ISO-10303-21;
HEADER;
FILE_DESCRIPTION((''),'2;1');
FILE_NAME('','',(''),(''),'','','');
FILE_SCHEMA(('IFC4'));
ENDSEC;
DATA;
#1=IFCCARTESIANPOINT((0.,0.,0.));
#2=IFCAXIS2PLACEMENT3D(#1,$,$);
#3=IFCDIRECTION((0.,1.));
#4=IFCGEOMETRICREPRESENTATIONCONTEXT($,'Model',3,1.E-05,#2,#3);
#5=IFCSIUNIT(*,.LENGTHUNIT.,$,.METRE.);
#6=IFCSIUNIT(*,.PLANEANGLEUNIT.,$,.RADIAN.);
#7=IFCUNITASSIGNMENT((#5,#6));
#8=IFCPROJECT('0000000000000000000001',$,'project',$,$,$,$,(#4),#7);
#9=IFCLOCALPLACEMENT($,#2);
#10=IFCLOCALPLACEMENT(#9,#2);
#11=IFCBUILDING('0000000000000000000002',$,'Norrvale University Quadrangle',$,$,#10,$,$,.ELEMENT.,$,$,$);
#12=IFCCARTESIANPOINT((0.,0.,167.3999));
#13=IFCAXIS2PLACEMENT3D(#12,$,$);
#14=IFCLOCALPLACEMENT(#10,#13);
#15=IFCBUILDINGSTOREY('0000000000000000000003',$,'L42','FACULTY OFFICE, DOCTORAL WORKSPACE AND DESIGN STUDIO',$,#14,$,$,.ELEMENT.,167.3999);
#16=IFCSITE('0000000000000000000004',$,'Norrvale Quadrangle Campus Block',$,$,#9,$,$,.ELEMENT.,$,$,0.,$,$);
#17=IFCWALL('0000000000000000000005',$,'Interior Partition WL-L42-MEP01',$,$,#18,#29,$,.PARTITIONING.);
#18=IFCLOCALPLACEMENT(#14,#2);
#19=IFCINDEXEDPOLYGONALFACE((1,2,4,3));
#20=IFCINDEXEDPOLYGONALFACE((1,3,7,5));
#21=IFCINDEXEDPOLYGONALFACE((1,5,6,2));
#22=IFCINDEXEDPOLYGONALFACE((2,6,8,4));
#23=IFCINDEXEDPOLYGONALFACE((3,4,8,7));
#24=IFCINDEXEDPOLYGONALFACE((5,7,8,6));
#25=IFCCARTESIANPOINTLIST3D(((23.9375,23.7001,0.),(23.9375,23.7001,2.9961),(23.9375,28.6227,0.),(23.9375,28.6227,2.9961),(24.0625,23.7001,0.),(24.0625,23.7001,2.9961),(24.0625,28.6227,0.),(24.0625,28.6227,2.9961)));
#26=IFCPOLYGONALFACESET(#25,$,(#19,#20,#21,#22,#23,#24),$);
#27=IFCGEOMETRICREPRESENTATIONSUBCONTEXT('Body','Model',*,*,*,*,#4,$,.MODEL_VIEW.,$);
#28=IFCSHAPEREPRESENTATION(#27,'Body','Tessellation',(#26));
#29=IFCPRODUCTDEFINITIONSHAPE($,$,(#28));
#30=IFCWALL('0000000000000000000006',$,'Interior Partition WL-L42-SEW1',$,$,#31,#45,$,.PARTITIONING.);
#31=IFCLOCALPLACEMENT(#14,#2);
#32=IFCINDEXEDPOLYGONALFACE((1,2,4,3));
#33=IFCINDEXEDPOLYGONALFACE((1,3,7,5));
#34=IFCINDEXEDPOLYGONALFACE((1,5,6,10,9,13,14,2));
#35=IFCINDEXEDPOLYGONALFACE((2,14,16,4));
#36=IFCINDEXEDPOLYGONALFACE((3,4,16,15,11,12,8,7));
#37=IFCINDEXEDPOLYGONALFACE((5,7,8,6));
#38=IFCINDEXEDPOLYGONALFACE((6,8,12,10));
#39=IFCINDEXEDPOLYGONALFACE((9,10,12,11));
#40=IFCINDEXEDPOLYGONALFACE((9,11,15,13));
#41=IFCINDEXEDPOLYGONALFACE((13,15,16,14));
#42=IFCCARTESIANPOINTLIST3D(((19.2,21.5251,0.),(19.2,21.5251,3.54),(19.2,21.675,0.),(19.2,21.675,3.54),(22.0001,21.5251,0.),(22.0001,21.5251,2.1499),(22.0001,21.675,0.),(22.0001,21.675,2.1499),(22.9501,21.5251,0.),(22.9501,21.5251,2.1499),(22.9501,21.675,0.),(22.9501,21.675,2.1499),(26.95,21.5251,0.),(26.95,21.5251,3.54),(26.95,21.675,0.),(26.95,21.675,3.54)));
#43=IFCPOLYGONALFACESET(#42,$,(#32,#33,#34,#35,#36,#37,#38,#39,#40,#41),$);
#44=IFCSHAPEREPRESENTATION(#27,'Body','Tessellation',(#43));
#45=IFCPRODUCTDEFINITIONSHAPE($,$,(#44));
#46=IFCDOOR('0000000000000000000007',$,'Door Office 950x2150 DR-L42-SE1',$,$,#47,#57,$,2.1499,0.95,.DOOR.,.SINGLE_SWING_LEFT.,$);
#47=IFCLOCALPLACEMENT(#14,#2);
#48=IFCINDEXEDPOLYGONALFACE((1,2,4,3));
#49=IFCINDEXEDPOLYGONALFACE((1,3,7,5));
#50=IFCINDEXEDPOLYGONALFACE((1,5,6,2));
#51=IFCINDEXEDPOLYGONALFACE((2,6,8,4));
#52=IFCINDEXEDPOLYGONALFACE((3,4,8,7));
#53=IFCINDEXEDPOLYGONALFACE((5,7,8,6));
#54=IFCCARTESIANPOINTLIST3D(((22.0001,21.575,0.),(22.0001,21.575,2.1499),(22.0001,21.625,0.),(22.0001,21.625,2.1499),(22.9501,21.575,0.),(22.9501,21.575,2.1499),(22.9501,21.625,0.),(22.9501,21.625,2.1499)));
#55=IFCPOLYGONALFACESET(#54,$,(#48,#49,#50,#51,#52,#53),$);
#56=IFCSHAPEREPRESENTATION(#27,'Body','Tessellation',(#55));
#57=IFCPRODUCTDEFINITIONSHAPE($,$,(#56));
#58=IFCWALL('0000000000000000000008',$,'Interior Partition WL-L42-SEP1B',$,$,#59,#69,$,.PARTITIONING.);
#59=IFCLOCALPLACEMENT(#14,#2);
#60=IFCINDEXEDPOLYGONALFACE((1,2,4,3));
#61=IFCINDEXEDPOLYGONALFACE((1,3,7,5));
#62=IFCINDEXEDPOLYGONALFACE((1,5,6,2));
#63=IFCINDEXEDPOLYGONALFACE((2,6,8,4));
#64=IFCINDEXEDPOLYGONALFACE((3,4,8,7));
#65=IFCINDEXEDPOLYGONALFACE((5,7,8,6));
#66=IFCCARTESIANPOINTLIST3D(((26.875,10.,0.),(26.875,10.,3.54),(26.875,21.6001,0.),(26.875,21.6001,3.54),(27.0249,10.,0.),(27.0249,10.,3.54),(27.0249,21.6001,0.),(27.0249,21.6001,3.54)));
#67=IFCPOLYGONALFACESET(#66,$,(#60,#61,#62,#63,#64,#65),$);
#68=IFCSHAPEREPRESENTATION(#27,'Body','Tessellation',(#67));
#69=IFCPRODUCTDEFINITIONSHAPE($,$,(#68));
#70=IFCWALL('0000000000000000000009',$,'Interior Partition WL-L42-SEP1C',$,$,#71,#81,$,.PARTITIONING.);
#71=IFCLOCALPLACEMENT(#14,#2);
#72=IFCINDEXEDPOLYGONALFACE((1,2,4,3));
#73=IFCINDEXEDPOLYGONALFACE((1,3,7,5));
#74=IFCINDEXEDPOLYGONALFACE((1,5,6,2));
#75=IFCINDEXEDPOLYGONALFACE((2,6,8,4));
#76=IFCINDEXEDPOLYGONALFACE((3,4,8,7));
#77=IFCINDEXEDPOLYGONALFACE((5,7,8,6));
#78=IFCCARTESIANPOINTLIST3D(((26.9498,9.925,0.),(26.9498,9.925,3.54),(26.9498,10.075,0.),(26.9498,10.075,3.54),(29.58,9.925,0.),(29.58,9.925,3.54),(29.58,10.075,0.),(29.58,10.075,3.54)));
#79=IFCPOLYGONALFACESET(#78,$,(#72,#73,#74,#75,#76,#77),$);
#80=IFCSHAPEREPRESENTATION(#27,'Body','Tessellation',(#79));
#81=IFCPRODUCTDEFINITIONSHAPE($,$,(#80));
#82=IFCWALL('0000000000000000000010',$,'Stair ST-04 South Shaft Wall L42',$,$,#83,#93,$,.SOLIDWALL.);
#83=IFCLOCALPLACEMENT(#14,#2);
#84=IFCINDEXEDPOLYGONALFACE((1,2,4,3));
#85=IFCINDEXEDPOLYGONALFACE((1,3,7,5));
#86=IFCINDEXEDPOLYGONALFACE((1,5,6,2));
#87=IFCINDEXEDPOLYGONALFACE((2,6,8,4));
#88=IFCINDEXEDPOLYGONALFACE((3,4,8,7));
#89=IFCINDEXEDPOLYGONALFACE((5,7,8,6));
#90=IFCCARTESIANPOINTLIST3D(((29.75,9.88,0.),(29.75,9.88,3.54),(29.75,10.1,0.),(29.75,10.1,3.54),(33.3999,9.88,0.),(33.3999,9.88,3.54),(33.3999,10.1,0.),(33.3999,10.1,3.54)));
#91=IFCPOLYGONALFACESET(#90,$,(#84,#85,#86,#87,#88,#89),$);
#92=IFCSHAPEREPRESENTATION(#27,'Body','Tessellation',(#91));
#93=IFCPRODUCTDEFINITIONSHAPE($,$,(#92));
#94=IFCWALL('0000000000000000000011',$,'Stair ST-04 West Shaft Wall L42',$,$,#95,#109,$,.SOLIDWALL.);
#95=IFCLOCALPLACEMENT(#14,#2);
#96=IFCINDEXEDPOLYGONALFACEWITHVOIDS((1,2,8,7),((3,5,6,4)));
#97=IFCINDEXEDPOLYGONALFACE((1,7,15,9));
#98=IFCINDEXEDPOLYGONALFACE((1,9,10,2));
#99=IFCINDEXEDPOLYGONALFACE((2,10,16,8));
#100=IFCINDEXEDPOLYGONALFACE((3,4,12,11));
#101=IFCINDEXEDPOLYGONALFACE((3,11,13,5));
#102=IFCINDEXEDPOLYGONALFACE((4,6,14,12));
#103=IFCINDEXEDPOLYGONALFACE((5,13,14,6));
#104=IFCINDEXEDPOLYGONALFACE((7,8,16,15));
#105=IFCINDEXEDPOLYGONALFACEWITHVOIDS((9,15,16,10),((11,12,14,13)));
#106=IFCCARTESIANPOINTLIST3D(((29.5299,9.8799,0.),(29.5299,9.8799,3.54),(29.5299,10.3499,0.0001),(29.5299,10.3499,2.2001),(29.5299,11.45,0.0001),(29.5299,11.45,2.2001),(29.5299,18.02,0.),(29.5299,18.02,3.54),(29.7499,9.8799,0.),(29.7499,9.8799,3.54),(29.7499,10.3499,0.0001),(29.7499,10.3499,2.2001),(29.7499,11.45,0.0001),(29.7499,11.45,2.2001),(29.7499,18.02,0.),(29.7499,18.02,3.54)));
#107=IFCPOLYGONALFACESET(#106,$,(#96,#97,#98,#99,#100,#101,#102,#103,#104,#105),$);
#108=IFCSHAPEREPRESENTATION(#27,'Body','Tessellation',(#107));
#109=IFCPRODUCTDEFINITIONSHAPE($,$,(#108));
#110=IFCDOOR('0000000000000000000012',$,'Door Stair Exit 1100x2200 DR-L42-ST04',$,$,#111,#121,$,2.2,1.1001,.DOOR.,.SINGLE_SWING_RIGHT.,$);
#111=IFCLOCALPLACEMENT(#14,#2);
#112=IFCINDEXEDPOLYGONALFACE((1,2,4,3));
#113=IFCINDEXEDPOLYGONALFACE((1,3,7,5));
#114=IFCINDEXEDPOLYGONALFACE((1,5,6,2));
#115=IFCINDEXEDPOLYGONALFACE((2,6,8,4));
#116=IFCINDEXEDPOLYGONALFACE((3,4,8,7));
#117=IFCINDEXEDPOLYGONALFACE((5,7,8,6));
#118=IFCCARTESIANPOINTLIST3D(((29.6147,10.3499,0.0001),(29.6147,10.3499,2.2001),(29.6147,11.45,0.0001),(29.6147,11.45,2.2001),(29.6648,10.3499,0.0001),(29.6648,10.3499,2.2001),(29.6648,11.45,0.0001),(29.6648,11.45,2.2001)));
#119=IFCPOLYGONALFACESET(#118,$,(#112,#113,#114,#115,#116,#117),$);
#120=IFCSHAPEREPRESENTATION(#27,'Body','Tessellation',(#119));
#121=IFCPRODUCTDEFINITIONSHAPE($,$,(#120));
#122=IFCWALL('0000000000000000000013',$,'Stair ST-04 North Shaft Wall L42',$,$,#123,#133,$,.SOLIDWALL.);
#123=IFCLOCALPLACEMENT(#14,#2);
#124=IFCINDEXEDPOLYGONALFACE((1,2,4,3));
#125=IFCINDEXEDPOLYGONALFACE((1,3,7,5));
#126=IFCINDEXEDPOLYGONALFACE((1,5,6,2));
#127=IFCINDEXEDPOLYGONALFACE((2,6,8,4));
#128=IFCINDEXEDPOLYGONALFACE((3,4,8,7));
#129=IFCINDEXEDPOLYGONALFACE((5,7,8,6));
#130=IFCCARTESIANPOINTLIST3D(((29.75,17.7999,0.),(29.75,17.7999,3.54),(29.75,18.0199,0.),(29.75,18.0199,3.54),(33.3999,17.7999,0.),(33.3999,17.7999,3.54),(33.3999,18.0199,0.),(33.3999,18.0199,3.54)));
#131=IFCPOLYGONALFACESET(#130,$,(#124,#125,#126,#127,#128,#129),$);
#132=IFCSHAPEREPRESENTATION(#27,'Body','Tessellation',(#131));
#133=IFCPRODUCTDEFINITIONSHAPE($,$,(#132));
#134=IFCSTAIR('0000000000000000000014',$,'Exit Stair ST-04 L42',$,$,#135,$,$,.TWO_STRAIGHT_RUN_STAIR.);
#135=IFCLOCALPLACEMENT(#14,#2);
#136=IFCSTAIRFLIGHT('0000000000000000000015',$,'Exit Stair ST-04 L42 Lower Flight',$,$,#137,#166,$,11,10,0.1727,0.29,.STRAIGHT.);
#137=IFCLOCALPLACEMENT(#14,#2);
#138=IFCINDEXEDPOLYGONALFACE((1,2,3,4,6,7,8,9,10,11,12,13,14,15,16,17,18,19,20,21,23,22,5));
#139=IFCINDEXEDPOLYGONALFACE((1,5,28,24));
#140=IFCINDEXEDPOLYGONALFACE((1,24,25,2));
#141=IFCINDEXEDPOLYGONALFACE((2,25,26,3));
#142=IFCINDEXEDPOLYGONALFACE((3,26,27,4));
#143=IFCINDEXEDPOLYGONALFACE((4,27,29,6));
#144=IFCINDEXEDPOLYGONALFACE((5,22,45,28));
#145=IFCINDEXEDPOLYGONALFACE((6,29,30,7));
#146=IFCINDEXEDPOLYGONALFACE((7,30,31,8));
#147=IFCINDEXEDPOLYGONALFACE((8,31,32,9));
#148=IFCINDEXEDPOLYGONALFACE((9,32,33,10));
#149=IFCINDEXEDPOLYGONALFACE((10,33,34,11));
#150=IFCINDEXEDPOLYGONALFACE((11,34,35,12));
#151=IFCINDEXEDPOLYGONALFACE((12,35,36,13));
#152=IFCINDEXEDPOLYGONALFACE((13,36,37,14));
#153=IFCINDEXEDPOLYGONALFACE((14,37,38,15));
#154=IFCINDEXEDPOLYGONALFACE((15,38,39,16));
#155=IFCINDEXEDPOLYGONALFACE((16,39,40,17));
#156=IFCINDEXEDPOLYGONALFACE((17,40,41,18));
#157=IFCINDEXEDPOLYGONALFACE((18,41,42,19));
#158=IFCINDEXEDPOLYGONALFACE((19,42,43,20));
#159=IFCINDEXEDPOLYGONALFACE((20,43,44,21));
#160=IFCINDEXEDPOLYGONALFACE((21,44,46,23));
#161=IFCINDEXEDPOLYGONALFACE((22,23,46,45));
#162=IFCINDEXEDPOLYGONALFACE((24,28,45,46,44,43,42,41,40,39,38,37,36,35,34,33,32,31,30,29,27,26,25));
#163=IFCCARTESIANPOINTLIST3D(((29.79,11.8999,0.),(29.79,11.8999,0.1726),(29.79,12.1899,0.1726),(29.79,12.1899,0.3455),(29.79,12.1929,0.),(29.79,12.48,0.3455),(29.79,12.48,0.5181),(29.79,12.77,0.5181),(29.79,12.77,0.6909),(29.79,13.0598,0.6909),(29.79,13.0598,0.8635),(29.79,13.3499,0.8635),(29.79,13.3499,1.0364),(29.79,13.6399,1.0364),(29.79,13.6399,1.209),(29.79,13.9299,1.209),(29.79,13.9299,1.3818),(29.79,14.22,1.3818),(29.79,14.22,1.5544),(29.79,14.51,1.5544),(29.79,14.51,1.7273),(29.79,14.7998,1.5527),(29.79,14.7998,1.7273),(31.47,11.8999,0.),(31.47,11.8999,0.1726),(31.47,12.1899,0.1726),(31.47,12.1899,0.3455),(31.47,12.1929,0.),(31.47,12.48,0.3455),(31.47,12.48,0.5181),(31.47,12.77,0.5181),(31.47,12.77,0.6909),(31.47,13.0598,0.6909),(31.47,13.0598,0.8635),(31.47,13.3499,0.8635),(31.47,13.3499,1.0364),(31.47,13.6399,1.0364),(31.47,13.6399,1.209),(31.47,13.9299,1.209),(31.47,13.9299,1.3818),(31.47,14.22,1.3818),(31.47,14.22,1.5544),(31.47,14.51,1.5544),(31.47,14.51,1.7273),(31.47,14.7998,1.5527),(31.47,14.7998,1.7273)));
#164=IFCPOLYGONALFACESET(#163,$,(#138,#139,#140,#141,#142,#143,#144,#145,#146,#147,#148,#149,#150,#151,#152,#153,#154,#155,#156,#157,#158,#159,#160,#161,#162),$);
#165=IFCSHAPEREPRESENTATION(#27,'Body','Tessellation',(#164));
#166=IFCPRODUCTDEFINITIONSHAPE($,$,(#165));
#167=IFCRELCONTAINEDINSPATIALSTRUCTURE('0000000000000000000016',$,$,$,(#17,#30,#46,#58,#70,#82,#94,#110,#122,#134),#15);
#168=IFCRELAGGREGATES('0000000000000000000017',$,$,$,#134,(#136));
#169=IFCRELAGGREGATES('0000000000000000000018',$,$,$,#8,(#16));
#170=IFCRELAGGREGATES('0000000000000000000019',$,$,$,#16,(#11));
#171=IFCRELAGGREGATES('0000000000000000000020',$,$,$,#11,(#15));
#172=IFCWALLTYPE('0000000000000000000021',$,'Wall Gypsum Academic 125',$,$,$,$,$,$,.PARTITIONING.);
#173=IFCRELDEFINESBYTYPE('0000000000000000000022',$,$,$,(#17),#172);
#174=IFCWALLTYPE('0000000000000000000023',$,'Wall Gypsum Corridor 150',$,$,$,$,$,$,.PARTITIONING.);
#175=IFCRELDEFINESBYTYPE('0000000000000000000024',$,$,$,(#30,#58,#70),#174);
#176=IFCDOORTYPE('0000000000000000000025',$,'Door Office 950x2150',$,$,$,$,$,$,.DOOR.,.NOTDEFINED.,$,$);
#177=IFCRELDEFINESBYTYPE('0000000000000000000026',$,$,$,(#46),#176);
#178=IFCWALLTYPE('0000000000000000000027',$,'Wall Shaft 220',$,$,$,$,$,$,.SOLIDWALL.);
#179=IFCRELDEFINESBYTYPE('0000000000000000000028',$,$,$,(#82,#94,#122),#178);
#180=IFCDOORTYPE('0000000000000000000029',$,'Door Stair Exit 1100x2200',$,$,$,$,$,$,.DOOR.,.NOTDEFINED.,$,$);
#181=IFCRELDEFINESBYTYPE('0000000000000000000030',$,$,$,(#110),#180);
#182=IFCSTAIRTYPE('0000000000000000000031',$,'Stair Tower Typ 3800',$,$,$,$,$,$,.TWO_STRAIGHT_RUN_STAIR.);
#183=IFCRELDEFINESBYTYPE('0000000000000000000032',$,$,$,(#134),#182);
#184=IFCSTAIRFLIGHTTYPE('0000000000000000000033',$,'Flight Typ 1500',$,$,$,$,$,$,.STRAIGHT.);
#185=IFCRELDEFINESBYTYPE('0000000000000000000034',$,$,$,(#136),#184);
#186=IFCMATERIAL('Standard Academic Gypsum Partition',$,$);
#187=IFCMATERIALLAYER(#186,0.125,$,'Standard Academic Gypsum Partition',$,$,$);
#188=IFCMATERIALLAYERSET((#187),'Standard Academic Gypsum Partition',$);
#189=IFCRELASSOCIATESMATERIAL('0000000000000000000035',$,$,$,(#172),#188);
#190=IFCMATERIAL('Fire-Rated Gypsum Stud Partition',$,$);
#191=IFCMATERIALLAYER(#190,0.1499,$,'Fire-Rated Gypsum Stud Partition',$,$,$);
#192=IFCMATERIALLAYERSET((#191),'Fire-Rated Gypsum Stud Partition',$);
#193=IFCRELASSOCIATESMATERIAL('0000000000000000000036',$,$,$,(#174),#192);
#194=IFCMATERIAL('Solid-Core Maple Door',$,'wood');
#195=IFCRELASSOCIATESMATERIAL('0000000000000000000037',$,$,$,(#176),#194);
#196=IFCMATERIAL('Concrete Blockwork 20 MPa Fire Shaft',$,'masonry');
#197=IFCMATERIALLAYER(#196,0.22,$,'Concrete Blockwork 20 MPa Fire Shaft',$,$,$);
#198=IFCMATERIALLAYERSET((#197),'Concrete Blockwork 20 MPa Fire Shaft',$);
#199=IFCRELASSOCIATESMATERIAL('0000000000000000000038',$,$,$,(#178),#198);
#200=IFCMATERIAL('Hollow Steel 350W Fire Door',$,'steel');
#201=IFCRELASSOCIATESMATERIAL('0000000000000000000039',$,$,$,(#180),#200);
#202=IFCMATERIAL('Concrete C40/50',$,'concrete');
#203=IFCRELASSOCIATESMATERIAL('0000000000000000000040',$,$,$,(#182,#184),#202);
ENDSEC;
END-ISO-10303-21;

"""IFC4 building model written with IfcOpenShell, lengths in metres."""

from ifc_helpers import new_model, si_unit, direction, frame, frame_2d, origin, place, context, subcontext, project, spatial, polyline, rectangle, outline, extrude, material, layer, layer_set, type_object, element, fill, aggregate, save


model = new_model("IFC4")

# Units and contexts
model_context = context("Model", 3, precision=1e-05, world=origin(), true_north=direction((0.0, 1.0)))
body_context = subcontext(model_context, "Body", "Model", "MODEL_VIEW")
ifc_project = project(units=[si_unit("LENGTHUNIT", "METRE"), si_unit("PLANEANGLEUNIT", "RADIAN")], contexts=[model_context])

# Site, building, storey
site_placement = place(None, origin())
site = spatial("IfcSite", under=ifc_project, at=site_placement, Name="Norrvale Quadrangle Campus Block", CompositionType="ELEMENT", RefElevation=0.0)
building_placement = place(site_placement, origin())
building = spatial("IfcBuilding", under=site, at=building_placement, Name="Norrvale University Quadrangle", CompositionType="ELEMENT")
storey_placement = place(building_placement, frame((0.0, 0.0, 167.3999)))
storey = spatial("IfcBuildingStorey", under=building, at=storey_placement, Name="L42", Description="FACULTY OFFICE, DOCTORAL WORKSPACE AND DESIGN STUDIO", CompositionType="ELEMENT", Elevation=167.3999)

# Wall
ifc_material_1 = material(Name="Standard Academic Gypsum Partition")
ifc_layer_1 = layer(ifc_material_1, 0.125, Name="Standard Academic Gypsum Partition")
ifc_layer_set_1 = layer_set([ifc_layer_1], Name="Standard Academic Gypsum Partition")
wall_type_1 = type_object("IfcWallType", Name="Wall Gypsum Academic 125", PredefinedType="PARTITIONING", material=ifc_layer_set_1)
wall_1_placement = place(storey_placement, frame((24.0, 23.7, 0.0), z_axis=(0.0, 0.0, 1.0), x_axis=(0.0, 1.0, 0.0)))
element("IfcWall", 1, at=wall_1_placement, inside=storey, type_object=wall_type_1, Name="Interior Partition WL-L42-MEP01", PredefinedType="PARTITIONING", context=body_context, shape_type="SweptSolid", body=[
    extrude(rectangle(XDim=4.9226, YDim=0.125, at=frame_2d((2.4614, 0.0))), origin(), (0.0, 0.0, 1.0), 2.9961),
])

# Wall, opening, door
ifc_material_2 = material(Name="Fire-Rated Gypsum Stud Partition")
ifc_layer_2 = layer(ifc_material_2, 0.1499, Name="Fire-Rated Gypsum Stud Partition")
ifc_layer_set_2 = layer_set([ifc_layer_2], Name="Fire-Rated Gypsum Stud Partition")
wall_type_2 = type_object("IfcWallType", Name="Wall Gypsum Corridor 150", PredefinedType="PARTITIONING", material=ifc_layer_set_2)
wall_2_placement = place(storey_placement, frame((19.2, 21.6001, 0.0), z_axis=(0.0, 0.0, 1.0), x_axis=(1.0, 0.0, 0.0)))
wall_2 = element("IfcWall", 2, at=wall_2_placement, inside=storey, type_object=wall_type_2, Name="Interior Partition WL-L42-SEW1", PredefinedType="PARTITIONING", context=body_context, shape_type="SweptSolid", body=[
    extrude(rectangle(XDim=7.75, YDim=0.1499, at=frame_2d((3.875, 0.0))), origin(), (0.0, 0.0, 1.0), 3.54),
])
opening_1_placement = place(wall_2_placement, frame((2.8, 0.0, 0.0)))
opening_1 = element("IfcOpeningElement", 3, at=opening_1_placement, cuts=wall_2, PredefinedType="OPENING", context=body_context, shape_type="SweptSolid", body=[
    extrude(rectangle(XDim=0.95, YDim=2.1499, at=frame_2d((0.4751, 1.075))), frame((0.0, 0.0869, 0.0), z_axis=(0.0, -1.0, 0.0), x_axis=(1.0, 0.0, 0.0)), (0.0, 0.0, 1.0), 0.1738),
])
ifc_material_3 = material(Name="Solid-Core Maple Door", Category="wood")
door_type_1 = type_object("IfcDoorType", Name="Door Office 950x2150", OperationType="NOTDEFINED", PredefinedType="DOOR", material=ifc_material_3)
door_1_placement = place(opening_1_placement, origin())
door_1 = element("IfcDoor", 4, at=door_1_placement, inside=storey, type_object=door_type_1, Name="Door Office 950x2150 DR-L42-SE1", OperationType="SINGLE_SWING_LEFT", OverallHeight=2.1499, OverallWidth=0.95, PredefinedType="DOOR", context=body_context, shape_type="SweptSolid", body=[
    extrude(rectangle(XDim=0.95, YDim=2.1499, at=frame_2d((0.4751, 1.075))), frame((0.0, 0.0249, 0.0), z_axis=(0.0, -1.0, 0.0), x_axis=(1.0, 0.0, 0.0)), (0.0, 0.0, 1.0), 0.05),
])
fill(opening_1, door_1)

# Walls
wall_3_placement = place(storey_placement, frame((26.95, 10.0, 0.0), z_axis=(0.0, 0.0, 1.0), x_axis=(0.0, 1.0, 0.0)))
element("IfcWall", 5, at=wall_3_placement, inside=storey, type_object=wall_type_2, Name="Interior Partition WL-L42-SEP1B", PredefinedType="PARTITIONING", context=body_context, shape_type="SweptSolid", body=[
    extrude(rectangle(XDim=11.6001, YDim=0.1499, at=frame_2d((5.8, 0.0))), origin(), (0.0, 0.0, 1.0), 3.54),
])
wall_4_placement = place(storey_placement, frame((26.95, 10.0, 0.0), z_axis=(0.0, 0.0, 1.0), x_axis=(1.0, 0.0, 0.0)))
element("IfcWall", 6, at=wall_4_placement, inside=storey, type_object=wall_type_2, Name="Interior Partition WL-L42-SEP1C", PredefinedType="PARTITIONING", context=body_context, shape_type="SweptSolid", body=[
    extrude(rectangle(XDim=2.6301, YDim=0.1499, at=frame_2d((1.3149, 0.0))), origin(), (0.0, 0.0, 1.0), 3.54),
])
ifc_material_4 = material(Name="Concrete Blockwork 20 MPa Fire Shaft", Category="masonry")
ifc_layer_3 = layer(ifc_material_4, 0.22, Name="Concrete Blockwork 20 MPa Fire Shaft")
ifc_layer_set_3 = layer_set([ifc_layer_3], Name="Concrete Blockwork 20 MPa Fire Shaft")
wall_type_3 = type_object("IfcWallType", Name="Wall Shaft 220", PredefinedType="SOLIDWALL", material=ifc_layer_set_3)
wall_5_placement = place(storey_placement, frame((29.75, 9.99, 0.0), z_axis=(0.0, 0.0, 1.0), x_axis=(1.0, 0.0, 0.0)))
element("IfcWall", 7, at=wall_5_placement, inside=storey, type_object=wall_type_3, Name="Stair ST-04 South Shaft Wall L42", PredefinedType="SOLIDWALL", context=body_context, shape_type="SweptSolid", body=[
    extrude(rectangle(XDim=3.6499, YDim=0.22, at=frame_2d((1.825, 0.0))), origin(), (0.0, 0.0, 1.0), 3.54),
])

# Wall, opening, door
wall_6_placement = place(storey_placement, frame((29.6399, 9.8799, 0.0), z_axis=(0.0, 0.0, 1.0), x_axis=(0.0, 1.0, 0.0)))
wall_6 = element("IfcWall", 8, at=wall_6_placement, inside=storey, type_object=wall_type_3, Name="Stair ST-04 West Shaft Wall L42", PredefinedType="SOLIDWALL", context=body_context, shape_type="SweptSolid", body=[
    extrude(rectangle(XDim=8.1401, YDim=0.22, at=frame_2d((4.0701, 0.0))), origin(), (0.0, 0.0, 1.0), 3.54),
])
opening_2_placement = place(wall_6_placement, frame((0.47, 0.0, 0.0)))
opening_2 = element("IfcOpeningElement", 9, at=opening_2_placement, cuts=wall_6, PredefinedType="OPENING", context=body_context, shape_type="SweptSolid", body=[
    extrude(rectangle(XDim=1.1001, YDim=2.2, at=frame_2d((0.55, 1.1001))), frame((0.0, 0.1221, 0.0), z_axis=(0.0, -1.0, 0.0), x_axis=(1.0, 0.0, 0.0)), (0.0, 0.0, 1.0), 0.2439),
])
ifc_material_5 = material(Name="Hollow Steel 350W Fire Door", Category="steel")
door_type_2 = type_object("IfcDoorType", Name="Door Stair Exit 1100x2200", OperationType="NOTDEFINED", PredefinedType="DOOR", material=ifc_material_5)
door_2_placement = place(opening_2_placement, frame((1.1001, 0.0, 0.0), z_axis=(0.0, 0.0, 1.0), x_axis=(-1.0, 0.0, 0.0)))
door_2 = element("IfcDoor", 10, at=door_2_placement, inside=storey, type_object=door_type_2, Name="Door Stair Exit 1100x2200 DR-L42-ST04", OperationType="SINGLE_SWING_RIGHT", OverallHeight=2.2, OverallWidth=1.1001, PredefinedType="DOOR", context=body_context, shape_type="SweptSolid", body=[
    extrude(rectangle(XDim=1.1001, YDim=2.2, at=frame_2d((0.55, 1.1001))), frame((0.0, 0.0249, 0.0), z_axis=(0.0, -1.0, 0.0), x_axis=(1.0, 0.0, 0.0)), (0.0, 0.0, 1.0), 0.05),
])
fill(opening_2, door_2)

# Wall
wall_7_placement = place(storey_placement, frame((29.75, 17.9099, 0.0), z_axis=(0.0, 0.0, 1.0), x_axis=(1.0, 0.0, 0.0)))
element("IfcWall", 11, at=wall_7_placement, inside=storey, type_object=wall_type_3, Name="Stair ST-04 North Shaft Wall L42", PredefinedType="SOLIDWALL", context=body_context, shape_type="SweptSolid", body=[
    extrude(rectangle(XDim=3.6499, YDim=0.22, at=frame_2d((1.825, 0.0))), origin(), (0.0, 0.0, 1.0), 3.54),
])

# Stair, stair flight
ifc_material_6 = material(Name="Concrete C40/50", Category="concrete")
stair_type = type_object("IfcStairType", Name="Stair Tower Typ 3800", PredefinedType="TWO_STRAIGHT_RUN_STAIR", material=ifc_material_6)
stair_placement = place(storey_placement, origin())
stair = element("IfcStair", 12, at=stair_placement, inside=storey, type_object=stair_type, Name="Exit Stair ST-04 L42", PredefinedType="TWO_STRAIGHT_RUN_STAIR")
stair_flight_type = type_object("IfcStairFlightType", Name="Flight Typ 1500", PredefinedType="STRAIGHT", material=ifc_material_6)
stair_flight_placement = place(storey_placement, frame((30.6299, 11.8999, 0.0), z_axis=(0.0, 0.0, 1.0), x_axis=(0.0, 1.0, 0.0)))
stair_flight = element("IfcStairFlight", 13, at=stair_flight_placement, type_object=stair_flight_type, Name="Exit Stair ST-04 L42 Lower Flight", NumberOfRisers=11, NumberOfTreads=10, PredefinedType="STRAIGHT", RiserHeight=0.1727, TreadLength=0.29, context=body_context, shape_type="SweptSolid", body=[
    extrude(outline(polyline([(0.0, 0.0), (0.0, 0.1726), (0.29, 0.1726), (0.29, 0.3455), (0.5801, 0.3455), (0.5801, 0.5181), (0.8701, 0.5181), (0.8701, 0.6909), (1.1599, 0.6909), (1.1599, 0.8635), (1.45, 0.8635), (1.45, 1.0364), (1.74, 1.0364), (1.74, 1.209), (2.03, 1.209), (2.03, 1.3818), (2.3201, 1.3818), (2.3201, 1.5544), (2.6101, 1.5544), (2.6101, 1.7273), (2.8999, 1.7273), (2.8999, 1.8999), (2.8999, 1.5527), (0.293, 0.0), (0.0, 0.0)])), frame((0.0, 0.8398, 0.0), z_axis=(0.0, -1.0, 0.0), x_axis=(1.0, 0.0, 0.0)), (0.0, 0.0, 1.0), 1.6799),
])
aggregate(stair, [stair_flight])

save(model, "model.ifc")
